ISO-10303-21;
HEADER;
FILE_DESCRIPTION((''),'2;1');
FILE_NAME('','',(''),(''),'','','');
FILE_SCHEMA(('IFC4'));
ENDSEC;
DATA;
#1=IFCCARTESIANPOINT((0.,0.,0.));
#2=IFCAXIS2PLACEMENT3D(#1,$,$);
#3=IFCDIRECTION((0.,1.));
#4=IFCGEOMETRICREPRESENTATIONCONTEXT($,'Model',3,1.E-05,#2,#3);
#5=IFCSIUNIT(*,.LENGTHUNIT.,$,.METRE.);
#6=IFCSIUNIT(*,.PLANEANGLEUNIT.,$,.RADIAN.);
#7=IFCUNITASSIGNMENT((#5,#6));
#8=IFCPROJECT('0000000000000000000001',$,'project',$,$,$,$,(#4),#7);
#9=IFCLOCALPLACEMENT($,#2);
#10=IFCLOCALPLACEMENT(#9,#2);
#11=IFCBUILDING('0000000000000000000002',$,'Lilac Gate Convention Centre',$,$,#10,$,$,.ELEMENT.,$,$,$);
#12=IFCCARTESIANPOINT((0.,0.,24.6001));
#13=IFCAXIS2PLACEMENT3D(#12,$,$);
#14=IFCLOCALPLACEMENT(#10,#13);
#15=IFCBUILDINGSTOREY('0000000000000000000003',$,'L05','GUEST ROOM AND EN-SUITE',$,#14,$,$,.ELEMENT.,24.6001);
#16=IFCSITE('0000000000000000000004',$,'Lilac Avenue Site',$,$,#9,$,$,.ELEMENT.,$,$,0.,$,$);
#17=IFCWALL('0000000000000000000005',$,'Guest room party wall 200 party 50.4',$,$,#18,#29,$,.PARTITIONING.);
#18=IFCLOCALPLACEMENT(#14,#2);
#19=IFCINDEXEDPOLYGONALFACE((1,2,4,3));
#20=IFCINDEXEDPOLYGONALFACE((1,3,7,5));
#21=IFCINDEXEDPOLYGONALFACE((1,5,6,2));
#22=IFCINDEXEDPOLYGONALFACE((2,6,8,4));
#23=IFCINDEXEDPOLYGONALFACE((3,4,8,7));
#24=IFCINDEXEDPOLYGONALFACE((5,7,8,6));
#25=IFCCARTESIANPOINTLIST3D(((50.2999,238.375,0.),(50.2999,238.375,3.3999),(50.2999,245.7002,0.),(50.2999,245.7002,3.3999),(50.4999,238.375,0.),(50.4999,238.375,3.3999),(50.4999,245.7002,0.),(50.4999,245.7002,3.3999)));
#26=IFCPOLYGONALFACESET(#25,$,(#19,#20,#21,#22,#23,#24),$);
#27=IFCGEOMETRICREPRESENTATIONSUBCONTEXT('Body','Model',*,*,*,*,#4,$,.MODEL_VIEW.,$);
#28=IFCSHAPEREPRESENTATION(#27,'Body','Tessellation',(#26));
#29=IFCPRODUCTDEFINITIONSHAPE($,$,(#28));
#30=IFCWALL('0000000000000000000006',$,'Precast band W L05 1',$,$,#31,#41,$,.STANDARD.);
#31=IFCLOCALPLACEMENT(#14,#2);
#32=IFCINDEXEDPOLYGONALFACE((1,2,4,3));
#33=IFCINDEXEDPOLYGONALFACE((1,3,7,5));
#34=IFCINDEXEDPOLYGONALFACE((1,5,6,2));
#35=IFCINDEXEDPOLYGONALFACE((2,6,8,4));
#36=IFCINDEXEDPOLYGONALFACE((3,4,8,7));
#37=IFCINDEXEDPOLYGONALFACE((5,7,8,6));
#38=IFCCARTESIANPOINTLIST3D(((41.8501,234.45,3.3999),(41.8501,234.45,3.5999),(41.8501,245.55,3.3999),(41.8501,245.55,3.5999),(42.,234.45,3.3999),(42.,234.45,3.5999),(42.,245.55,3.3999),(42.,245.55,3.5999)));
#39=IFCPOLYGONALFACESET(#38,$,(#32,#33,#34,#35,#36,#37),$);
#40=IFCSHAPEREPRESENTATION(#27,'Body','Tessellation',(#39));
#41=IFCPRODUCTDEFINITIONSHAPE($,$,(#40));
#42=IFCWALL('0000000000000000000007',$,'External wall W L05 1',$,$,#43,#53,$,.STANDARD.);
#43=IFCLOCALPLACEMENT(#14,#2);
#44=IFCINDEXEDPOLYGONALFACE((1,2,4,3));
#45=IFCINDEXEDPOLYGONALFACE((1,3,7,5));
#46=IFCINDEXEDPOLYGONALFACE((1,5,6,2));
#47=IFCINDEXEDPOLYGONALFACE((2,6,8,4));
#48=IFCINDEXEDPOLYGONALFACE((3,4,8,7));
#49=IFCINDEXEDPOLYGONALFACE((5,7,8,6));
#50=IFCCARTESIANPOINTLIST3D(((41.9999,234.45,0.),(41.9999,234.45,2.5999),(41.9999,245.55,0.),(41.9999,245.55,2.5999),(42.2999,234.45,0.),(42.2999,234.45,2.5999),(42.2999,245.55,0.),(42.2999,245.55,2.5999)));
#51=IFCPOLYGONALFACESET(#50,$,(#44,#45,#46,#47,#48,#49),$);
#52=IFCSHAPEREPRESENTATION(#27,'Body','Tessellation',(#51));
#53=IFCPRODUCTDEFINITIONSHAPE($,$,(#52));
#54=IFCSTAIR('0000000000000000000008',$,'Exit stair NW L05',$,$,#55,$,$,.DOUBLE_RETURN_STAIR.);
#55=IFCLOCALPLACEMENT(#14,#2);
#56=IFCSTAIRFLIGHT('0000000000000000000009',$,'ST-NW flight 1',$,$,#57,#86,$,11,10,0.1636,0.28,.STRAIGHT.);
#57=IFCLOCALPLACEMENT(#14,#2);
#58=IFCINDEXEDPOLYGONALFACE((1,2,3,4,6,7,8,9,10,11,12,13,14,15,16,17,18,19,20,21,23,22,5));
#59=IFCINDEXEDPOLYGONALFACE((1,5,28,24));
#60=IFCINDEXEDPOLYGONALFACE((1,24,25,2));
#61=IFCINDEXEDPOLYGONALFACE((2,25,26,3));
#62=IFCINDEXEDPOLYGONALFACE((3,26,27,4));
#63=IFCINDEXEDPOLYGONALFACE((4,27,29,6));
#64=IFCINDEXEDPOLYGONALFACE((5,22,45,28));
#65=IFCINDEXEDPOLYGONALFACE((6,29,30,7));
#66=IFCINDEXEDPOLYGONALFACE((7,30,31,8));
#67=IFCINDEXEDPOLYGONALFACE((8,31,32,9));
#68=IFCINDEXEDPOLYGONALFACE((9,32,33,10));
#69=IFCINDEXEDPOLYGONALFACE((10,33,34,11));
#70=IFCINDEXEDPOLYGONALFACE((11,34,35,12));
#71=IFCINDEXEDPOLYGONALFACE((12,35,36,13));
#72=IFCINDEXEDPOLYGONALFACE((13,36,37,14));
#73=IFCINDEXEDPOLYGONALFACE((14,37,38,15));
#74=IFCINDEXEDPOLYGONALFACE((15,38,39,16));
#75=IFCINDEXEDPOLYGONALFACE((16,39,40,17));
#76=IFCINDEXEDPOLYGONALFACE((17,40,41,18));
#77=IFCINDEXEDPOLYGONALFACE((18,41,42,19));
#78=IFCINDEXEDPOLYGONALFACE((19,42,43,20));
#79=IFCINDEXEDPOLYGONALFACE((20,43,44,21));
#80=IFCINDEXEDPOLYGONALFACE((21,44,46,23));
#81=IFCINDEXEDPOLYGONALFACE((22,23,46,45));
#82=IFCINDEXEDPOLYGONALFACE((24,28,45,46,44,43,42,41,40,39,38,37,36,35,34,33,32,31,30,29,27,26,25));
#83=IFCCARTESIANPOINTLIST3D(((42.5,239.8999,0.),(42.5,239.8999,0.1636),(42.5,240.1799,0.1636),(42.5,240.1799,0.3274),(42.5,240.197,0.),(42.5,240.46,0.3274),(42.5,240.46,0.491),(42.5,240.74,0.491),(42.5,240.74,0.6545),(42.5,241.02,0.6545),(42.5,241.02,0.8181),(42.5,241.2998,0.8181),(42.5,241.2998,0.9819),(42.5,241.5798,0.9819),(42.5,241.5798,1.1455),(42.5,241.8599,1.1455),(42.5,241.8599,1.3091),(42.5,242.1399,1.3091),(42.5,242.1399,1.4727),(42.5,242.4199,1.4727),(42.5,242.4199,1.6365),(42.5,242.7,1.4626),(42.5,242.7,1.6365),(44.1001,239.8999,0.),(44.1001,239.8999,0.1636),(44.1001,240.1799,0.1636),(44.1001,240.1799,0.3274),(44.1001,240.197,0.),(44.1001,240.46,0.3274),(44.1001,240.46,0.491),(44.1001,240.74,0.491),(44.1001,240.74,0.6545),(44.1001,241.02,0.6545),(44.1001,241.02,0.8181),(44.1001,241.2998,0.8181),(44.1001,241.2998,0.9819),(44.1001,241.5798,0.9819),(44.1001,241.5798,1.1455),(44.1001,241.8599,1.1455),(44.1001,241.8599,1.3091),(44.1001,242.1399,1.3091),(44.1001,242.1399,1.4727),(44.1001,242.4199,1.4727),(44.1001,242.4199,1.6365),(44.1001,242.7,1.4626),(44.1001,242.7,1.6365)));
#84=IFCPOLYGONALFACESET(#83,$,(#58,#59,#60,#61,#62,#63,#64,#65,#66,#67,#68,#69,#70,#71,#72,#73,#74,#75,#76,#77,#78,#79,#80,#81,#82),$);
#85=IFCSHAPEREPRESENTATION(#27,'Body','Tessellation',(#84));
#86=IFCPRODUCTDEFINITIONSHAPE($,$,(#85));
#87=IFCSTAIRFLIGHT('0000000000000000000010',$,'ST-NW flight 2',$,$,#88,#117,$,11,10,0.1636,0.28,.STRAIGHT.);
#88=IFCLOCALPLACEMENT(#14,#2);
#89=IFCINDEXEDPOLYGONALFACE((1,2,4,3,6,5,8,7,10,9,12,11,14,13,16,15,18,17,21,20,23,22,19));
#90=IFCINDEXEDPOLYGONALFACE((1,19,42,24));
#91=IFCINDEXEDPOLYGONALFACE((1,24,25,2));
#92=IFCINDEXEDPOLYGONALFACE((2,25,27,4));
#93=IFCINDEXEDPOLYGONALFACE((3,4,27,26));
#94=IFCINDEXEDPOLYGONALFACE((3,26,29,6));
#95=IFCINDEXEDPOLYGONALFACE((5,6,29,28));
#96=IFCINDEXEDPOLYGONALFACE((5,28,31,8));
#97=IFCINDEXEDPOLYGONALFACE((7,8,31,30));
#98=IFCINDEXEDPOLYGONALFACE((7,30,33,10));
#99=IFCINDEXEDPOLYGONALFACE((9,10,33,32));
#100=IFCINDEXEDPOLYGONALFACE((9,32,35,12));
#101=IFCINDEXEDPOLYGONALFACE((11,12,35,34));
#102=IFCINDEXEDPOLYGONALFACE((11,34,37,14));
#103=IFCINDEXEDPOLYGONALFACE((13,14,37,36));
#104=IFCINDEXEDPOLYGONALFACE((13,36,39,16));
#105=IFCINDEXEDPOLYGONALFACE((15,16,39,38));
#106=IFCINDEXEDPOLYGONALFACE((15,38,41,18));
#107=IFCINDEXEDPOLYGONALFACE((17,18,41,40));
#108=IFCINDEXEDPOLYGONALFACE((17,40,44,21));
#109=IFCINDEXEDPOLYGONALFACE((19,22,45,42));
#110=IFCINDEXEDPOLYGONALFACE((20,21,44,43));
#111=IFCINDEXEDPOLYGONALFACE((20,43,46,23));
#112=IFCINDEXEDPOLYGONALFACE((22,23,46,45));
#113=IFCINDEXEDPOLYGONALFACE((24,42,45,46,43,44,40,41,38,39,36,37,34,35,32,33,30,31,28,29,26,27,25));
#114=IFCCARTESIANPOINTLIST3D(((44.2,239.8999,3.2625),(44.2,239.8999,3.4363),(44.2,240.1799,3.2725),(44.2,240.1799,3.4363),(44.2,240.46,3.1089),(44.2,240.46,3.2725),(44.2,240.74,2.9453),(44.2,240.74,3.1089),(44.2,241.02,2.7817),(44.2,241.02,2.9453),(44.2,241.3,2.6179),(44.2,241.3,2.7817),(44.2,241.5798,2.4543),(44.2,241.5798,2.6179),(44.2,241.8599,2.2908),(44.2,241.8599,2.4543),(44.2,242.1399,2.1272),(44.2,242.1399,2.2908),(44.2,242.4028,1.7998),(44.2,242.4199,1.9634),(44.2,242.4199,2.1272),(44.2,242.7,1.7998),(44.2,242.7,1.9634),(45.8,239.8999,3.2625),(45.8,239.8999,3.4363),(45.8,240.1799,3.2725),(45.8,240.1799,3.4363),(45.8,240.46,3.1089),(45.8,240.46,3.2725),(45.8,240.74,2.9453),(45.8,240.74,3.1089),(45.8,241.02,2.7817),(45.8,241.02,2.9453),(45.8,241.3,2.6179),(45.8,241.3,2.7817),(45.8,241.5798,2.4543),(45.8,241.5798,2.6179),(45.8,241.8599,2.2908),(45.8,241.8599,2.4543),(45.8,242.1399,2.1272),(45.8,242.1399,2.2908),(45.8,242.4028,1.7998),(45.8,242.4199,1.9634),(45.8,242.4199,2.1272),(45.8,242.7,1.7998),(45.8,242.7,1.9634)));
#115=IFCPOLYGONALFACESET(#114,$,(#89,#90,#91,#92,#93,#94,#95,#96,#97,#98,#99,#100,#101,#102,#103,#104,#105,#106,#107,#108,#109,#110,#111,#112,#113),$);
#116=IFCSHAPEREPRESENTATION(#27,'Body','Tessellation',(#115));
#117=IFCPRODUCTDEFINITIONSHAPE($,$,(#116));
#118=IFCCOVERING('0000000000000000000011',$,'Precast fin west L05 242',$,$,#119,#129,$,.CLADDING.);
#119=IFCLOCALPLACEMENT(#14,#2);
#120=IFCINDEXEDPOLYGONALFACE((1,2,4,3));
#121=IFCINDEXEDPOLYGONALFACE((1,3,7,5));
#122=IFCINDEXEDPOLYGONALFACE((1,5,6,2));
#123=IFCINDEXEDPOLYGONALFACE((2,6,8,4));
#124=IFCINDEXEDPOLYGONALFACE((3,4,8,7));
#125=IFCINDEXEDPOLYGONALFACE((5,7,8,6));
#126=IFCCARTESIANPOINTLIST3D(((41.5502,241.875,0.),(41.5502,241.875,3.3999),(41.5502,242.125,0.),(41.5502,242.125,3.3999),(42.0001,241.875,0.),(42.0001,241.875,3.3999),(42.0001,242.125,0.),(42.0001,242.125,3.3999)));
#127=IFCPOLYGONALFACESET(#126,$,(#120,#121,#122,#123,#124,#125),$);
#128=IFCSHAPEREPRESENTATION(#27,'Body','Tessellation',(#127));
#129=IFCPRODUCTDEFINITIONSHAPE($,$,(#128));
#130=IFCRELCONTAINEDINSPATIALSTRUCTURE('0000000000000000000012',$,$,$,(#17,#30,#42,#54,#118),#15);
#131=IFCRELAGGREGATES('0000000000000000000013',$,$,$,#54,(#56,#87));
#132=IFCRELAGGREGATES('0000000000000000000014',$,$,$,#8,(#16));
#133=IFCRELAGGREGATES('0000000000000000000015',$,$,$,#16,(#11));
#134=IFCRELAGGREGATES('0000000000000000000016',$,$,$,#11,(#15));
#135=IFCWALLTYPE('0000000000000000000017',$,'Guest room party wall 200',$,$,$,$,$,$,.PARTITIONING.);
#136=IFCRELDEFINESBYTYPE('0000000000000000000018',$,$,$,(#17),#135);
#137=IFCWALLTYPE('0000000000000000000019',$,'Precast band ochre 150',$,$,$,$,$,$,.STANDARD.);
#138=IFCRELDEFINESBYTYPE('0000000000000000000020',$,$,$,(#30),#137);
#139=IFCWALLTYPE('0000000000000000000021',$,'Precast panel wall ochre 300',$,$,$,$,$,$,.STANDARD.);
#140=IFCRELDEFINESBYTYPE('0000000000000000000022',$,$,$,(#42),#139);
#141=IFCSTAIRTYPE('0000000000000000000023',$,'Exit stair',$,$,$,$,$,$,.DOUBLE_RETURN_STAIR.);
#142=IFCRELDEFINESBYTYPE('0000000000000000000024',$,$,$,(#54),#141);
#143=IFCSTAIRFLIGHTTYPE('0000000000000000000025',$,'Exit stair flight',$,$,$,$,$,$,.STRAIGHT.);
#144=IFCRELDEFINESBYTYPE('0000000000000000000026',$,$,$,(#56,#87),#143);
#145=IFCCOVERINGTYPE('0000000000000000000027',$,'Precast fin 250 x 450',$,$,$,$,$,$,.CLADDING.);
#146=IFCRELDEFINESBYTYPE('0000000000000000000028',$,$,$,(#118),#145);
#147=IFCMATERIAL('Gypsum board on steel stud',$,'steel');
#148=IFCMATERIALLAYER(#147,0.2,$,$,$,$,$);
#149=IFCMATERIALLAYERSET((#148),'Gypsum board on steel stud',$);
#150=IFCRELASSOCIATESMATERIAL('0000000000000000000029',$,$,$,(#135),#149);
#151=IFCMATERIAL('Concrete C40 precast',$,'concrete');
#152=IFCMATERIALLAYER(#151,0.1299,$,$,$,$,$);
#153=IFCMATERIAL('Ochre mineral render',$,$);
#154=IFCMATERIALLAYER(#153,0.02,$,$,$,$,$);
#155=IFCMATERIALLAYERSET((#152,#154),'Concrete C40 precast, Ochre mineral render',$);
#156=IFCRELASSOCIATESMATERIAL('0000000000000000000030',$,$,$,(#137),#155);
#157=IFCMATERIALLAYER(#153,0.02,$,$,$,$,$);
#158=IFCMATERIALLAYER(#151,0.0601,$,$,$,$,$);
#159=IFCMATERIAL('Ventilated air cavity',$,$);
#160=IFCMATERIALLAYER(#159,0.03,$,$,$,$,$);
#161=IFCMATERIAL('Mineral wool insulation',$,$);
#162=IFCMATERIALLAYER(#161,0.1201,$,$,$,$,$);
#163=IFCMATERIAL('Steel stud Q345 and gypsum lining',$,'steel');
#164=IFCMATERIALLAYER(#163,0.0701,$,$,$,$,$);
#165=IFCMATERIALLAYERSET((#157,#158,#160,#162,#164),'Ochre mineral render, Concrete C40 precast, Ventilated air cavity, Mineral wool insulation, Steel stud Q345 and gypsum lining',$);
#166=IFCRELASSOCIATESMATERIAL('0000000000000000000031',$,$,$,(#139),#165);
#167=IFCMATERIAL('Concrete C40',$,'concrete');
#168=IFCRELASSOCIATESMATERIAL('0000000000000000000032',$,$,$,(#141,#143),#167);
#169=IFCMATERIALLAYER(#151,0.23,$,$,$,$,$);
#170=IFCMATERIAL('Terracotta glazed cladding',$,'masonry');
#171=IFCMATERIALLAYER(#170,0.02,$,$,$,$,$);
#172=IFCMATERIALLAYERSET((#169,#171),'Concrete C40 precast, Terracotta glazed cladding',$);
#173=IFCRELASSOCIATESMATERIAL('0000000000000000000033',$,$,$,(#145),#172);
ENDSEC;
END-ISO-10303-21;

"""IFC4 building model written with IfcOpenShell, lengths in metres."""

from ifc_helpers import new_model, si_unit, direction, frame, frame_2d, origin, place, context, subcontext, project, spatial, polyline, rectangle, outline, extrude, material, layer, layer_set, type_object, element, aggregate, save


model = new_model("IFC4")

# Units and contexts
model_context = context("Model", 3, precision=1e-05, world=origin(), true_north=direction((0.0, 1.0)))
body_context = subcontext(model_context, "Body", "Model", "MODEL_VIEW")
ifc_project = project(units=[si_unit("LENGTHUNIT", "METRE"), si_unit("PLANEANGLEUNIT", "RADIAN")], contexts=[model_context])

# Site, building, storey
site_placement = place(None, origin())
site = spatial("IfcSite", under=ifc_project, at=site_placement, Name="Lilac Avenue Site", CompositionType="ELEMENT", RefElevation=0.0)
building_placement = place(site_placement, origin())
building = spatial("IfcBuilding", under=site, at=building_placement, Name="Lilac Gate Convention Centre", CompositionType="ELEMENT")
storey_placement = place(building_placement, frame((0.0, 0.0, 24.6001)))
storey = spatial("IfcBuildingStorey", under=building, at=storey_placement, Name="L05", Description="GUEST ROOM AND EN-SUITE", CompositionType="ELEMENT", Elevation=24.6001)

# Shared definitions
ifc_material_1 = material(Name="Concrete C40", Category="concrete")

# Shared definitions
ifc_material_2 = material(Name="Gypsum board on steel stud", Category="steel")

# Walls
ifc_layer_1 = layer(ifc_material_2, 0.2)
ifc_layer_set_1 = layer_set([ifc_layer_1], Name="Gypsum board on steel stud")
wall_type_1 = type_object("IfcWallType", Name="Guest room party wall 200", PredefinedType="PARTITIONING", material=ifc_layer_set_1)
wall_1_placement = place(storey_placement, frame((50.3999, 245.7002, 0.0), z_axis=(0.0, 0.0, 1.0), x_axis=(0.0, -1.0, 0.0)))
element("IfcWall", 1, at=wall_1_placement, inside=storey, type_object=wall_type_1, Name="Guest room party wall 200 party 50.4", PredefinedType="PARTITIONING", context=body_context, shape_type="SweptSolid", body=[
    extrude(rectangle(XDim=7.3252, YDim=0.2, at=frame_2d((3.6626, 0.0))), origin(), (0.0, 0.0, 1.0), 3.3999),
])
ifc_material_3 = material(Name="Concrete C40 precast", Category="concrete")
ifc_layer_2 = layer(ifc_material_3, 0.1299)
ifc_material_4 = material(Name="Ochre mineral render")
ifc_layer_3 = layer(ifc_material_4, 0.02)
ifc_layer_set_2 = layer_set([ifc_layer_2, ifc_layer_3], Name="Concrete C40 precast, Ochre mineral render")
wall_type_2 = type_object("IfcWallType", Name="Precast band ochre 150", PredefinedType="STANDARD", material=ifc_layer_set_2)
wall_2_placement = place(storey_placement, frame((41.925, 245.55, 3.3999), z_axis=(0.0, 0.0, 1.0), x_axis=(0.0, -1.0, 0.0)))
element("IfcWall", 2, at=wall_2_placement, inside=storey, type_object=wall_type_2, Name="Precast band W L05 1", PredefinedType="STANDARD", context=body_context, shape_type="SweptSolid", body=[
    extrude(rectangle(XDim=11.1001, YDim=0.1499, at=frame_2d((5.55, 0.0))), origin(), (0.0, 0.0, 1.0), 0.2),
])
ifc_layer_4 = layer(ifc_material_4, 0.02)
ifc_layer_5 = layer(ifc_material_3, 0.0601)
ifc_material_5 = material(Name="Ventilated air cavity")
ifc_layer_6 = layer(ifc_material_5, 0.03)
ifc_material_6 = material(Name="Mineral wool insulation")
ifc_layer_7 = layer(ifc_material_6, 0.1201)
ifc_material_7 = material(Name="Steel stud Q345 and gypsum lining", Category="steel")
ifc_layer_8 = layer(ifc_material_7, 0.0701)
ifc_layer_set_3 = layer_set([ifc_layer_4, ifc_layer_5, ifc_layer_6, ifc_layer_7, ifc_layer_8], Name="Ochre mineral render, Concrete C40 precast, Ventilated air cavity, Mineral wool insulation, Steel stud Q345 and gypsum lining")
wall_type_3 = type_object("IfcWallType", Name="Precast panel wall ochre 300", PredefinedType="STANDARD", material=ifc_layer_set_3)
wall_3_placement = place(storey_placement, frame((42.1499, 245.55, 0.0), z_axis=(0.0, 0.0, 1.0), x_axis=(0.0, -1.0, 0.0)))
element("IfcWall", 3, at=wall_3_placement, inside=storey, type_object=wall_type_3, Name="External wall W L05 1", PredefinedType="STANDARD", context=body_context, shape_type="SweptSolid", body=[
    extrude(rectangle(XDim=11.1001, YDim=0.3, at=frame_2d((5.55, 0.0))), origin(), (0.0, 0.0, 1.0), 2.5999),
])

# Stair, stair flights
stair_type = type_object("IfcStairType", Name="Exit stair", PredefinedType="DOUBLE_RETURN_STAIR", material=ifc_material_1)
stair_placement = place(storey_placement, origin())
stair = element("IfcStair", 4, at=stair_placement, inside=storey, type_object=stair_type, Name="Exit stair NW L05", PredefinedType="DOUBLE_RETURN_STAIR")
stair_flight_type = type_object("IfcStairFlightType", Name="Exit stair flight", PredefinedType="STRAIGHT", material=ifc_material_1)
stair_flight_1_placement = place(storey_placement, frame((43.3, 239.8999, 0.0), z_axis=(0.0, 0.0, 1.0), x_axis=(0.0, 1.0, 0.0)))
stair_flight_1 = element("IfcStairFlight", 5, at=stair_flight_1_placement, type_object=stair_flight_type, Name="ST-NW flight 1", NumberOfRisers=11, NumberOfTreads=10, PredefinedType="STRAIGHT", RiserHeight=0.1636, TreadLength=0.28, context=body_context, shape_type="SweptSolid", body=[
    extrude(outline(polyline([(0.0, 0.0), (0.0, 0.1636), (0.28, 0.1636), (0.28, 0.3274), (0.5601, 0.3274), (0.5601, 0.491), (0.8401, 0.491), (0.8401, 0.6545), (1.1201, 0.6545), (1.1201, 0.8181), (1.3999, 0.8181), (1.3999, 0.9819), (1.6799, 0.9819), (1.6799, 1.1455), (1.96, 1.1455), (1.96, 1.3091), (2.24, 1.3091), (2.24, 1.4727), (2.52, 1.4727), (2.52, 1.6365), (2.8, 1.6365), (2.8, 1.8), (2.8, 1.4626), (0.2971, 0.0), (0.0, 0.0)])), frame((0.0, 0.8, 0.0), z_axis=(0.0, -1.0, 0.0), x_axis=(1.0, 0.0, 0.0)), (0.0, 0.0, 1.0), 1.6001),
])
stair_flight_2_placement = place(storey_placement, frame((45.0, 242.7, 1.7998), z_axis=(0.0, 0.0, 1.0), x_axis=(0.0, -1.0, 0.0)))
stair_flight_2 = element("IfcStairFlight", 6, at=stair_flight_2_placement, type_object=stair_flight_type, Name="ST-NW flight 2", NumberOfRisers=11, NumberOfTreads=10, PredefinedType="STRAIGHT", RiserHeight=0.1636, TreadLength=0.28, context=body_context, shape_type="SweptSolid", body=[
    extrude(outline(polyline([(0.0, 0.0), (0.0, 0.1636), (0.28, 0.1636), (0.28, 0.3274), (0.5601, 0.3274), (0.5601, 0.491), (0.8401, 0.491), (0.8401, 0.6545), (1.1201, 0.6545), (1.1201, 0.8181), (1.3999, 0.8181), (1.3999, 0.9819), (1.6799, 0.9819), (1.6799, 1.1455), (1.96, 1.1455), (1.96, 1.3091), (2.24, 1.3091), (2.24, 1.4727), (2.52, 1.4727), (2.52, 1.6365), (2.8, 1.6365), (2.8, 1.8), (2.8, 1.4626), (0.2971, 0.0), (0.0, 0.0)])), frame((0.0, 0.8, 0.0), z_axis=(0.0, -1.0, 0.0), x_axis=(1.0, 0.0, 0.0)), (0.0, 0.0, 1.0), 1.6001),
])
aggregate(stair, [stair_flight_1, stair_flight_2])

# Covering
ifc_layer_9 = layer(ifc_material_3, 0.23)
ifc_material_8 = material(Name="Terracotta glazed cladding", Category="masonry")
ifc_layer_10 = layer(ifc_material_8, 0.02)
ifc_layer_set_4 = layer_set([ifc_layer_9, ifc_layer_10], Name="Concrete C40 precast, Terracotta glazed cladding")
covering_type = type_object("IfcCoveringType", Name="Precast fin 250 x 450", PredefinedType="CLADDING", material=ifc_layer_set_4)
covering_placement = place(storey_placement, frame((41.55, 242.0, 0.0), z_axis=(0.0, 0.0, 1.0), x_axis=(1.0, 0.0, 0.0)))
element("IfcCovering", 7, at=covering_placement, inside=storey, type_object=covering_type, Name="Precast fin west L05 242", PredefinedType="CLADDING", context=body_context, shape_type="SweptSolid", body=[
    extrude(rectangle(XDim=0.45, YDim=0.25, at=frame_2d((0.2251, 0.0))), origin(), (0.0, 0.0, 1.0), 3.3999),
])

save(model, "model.ifc")
